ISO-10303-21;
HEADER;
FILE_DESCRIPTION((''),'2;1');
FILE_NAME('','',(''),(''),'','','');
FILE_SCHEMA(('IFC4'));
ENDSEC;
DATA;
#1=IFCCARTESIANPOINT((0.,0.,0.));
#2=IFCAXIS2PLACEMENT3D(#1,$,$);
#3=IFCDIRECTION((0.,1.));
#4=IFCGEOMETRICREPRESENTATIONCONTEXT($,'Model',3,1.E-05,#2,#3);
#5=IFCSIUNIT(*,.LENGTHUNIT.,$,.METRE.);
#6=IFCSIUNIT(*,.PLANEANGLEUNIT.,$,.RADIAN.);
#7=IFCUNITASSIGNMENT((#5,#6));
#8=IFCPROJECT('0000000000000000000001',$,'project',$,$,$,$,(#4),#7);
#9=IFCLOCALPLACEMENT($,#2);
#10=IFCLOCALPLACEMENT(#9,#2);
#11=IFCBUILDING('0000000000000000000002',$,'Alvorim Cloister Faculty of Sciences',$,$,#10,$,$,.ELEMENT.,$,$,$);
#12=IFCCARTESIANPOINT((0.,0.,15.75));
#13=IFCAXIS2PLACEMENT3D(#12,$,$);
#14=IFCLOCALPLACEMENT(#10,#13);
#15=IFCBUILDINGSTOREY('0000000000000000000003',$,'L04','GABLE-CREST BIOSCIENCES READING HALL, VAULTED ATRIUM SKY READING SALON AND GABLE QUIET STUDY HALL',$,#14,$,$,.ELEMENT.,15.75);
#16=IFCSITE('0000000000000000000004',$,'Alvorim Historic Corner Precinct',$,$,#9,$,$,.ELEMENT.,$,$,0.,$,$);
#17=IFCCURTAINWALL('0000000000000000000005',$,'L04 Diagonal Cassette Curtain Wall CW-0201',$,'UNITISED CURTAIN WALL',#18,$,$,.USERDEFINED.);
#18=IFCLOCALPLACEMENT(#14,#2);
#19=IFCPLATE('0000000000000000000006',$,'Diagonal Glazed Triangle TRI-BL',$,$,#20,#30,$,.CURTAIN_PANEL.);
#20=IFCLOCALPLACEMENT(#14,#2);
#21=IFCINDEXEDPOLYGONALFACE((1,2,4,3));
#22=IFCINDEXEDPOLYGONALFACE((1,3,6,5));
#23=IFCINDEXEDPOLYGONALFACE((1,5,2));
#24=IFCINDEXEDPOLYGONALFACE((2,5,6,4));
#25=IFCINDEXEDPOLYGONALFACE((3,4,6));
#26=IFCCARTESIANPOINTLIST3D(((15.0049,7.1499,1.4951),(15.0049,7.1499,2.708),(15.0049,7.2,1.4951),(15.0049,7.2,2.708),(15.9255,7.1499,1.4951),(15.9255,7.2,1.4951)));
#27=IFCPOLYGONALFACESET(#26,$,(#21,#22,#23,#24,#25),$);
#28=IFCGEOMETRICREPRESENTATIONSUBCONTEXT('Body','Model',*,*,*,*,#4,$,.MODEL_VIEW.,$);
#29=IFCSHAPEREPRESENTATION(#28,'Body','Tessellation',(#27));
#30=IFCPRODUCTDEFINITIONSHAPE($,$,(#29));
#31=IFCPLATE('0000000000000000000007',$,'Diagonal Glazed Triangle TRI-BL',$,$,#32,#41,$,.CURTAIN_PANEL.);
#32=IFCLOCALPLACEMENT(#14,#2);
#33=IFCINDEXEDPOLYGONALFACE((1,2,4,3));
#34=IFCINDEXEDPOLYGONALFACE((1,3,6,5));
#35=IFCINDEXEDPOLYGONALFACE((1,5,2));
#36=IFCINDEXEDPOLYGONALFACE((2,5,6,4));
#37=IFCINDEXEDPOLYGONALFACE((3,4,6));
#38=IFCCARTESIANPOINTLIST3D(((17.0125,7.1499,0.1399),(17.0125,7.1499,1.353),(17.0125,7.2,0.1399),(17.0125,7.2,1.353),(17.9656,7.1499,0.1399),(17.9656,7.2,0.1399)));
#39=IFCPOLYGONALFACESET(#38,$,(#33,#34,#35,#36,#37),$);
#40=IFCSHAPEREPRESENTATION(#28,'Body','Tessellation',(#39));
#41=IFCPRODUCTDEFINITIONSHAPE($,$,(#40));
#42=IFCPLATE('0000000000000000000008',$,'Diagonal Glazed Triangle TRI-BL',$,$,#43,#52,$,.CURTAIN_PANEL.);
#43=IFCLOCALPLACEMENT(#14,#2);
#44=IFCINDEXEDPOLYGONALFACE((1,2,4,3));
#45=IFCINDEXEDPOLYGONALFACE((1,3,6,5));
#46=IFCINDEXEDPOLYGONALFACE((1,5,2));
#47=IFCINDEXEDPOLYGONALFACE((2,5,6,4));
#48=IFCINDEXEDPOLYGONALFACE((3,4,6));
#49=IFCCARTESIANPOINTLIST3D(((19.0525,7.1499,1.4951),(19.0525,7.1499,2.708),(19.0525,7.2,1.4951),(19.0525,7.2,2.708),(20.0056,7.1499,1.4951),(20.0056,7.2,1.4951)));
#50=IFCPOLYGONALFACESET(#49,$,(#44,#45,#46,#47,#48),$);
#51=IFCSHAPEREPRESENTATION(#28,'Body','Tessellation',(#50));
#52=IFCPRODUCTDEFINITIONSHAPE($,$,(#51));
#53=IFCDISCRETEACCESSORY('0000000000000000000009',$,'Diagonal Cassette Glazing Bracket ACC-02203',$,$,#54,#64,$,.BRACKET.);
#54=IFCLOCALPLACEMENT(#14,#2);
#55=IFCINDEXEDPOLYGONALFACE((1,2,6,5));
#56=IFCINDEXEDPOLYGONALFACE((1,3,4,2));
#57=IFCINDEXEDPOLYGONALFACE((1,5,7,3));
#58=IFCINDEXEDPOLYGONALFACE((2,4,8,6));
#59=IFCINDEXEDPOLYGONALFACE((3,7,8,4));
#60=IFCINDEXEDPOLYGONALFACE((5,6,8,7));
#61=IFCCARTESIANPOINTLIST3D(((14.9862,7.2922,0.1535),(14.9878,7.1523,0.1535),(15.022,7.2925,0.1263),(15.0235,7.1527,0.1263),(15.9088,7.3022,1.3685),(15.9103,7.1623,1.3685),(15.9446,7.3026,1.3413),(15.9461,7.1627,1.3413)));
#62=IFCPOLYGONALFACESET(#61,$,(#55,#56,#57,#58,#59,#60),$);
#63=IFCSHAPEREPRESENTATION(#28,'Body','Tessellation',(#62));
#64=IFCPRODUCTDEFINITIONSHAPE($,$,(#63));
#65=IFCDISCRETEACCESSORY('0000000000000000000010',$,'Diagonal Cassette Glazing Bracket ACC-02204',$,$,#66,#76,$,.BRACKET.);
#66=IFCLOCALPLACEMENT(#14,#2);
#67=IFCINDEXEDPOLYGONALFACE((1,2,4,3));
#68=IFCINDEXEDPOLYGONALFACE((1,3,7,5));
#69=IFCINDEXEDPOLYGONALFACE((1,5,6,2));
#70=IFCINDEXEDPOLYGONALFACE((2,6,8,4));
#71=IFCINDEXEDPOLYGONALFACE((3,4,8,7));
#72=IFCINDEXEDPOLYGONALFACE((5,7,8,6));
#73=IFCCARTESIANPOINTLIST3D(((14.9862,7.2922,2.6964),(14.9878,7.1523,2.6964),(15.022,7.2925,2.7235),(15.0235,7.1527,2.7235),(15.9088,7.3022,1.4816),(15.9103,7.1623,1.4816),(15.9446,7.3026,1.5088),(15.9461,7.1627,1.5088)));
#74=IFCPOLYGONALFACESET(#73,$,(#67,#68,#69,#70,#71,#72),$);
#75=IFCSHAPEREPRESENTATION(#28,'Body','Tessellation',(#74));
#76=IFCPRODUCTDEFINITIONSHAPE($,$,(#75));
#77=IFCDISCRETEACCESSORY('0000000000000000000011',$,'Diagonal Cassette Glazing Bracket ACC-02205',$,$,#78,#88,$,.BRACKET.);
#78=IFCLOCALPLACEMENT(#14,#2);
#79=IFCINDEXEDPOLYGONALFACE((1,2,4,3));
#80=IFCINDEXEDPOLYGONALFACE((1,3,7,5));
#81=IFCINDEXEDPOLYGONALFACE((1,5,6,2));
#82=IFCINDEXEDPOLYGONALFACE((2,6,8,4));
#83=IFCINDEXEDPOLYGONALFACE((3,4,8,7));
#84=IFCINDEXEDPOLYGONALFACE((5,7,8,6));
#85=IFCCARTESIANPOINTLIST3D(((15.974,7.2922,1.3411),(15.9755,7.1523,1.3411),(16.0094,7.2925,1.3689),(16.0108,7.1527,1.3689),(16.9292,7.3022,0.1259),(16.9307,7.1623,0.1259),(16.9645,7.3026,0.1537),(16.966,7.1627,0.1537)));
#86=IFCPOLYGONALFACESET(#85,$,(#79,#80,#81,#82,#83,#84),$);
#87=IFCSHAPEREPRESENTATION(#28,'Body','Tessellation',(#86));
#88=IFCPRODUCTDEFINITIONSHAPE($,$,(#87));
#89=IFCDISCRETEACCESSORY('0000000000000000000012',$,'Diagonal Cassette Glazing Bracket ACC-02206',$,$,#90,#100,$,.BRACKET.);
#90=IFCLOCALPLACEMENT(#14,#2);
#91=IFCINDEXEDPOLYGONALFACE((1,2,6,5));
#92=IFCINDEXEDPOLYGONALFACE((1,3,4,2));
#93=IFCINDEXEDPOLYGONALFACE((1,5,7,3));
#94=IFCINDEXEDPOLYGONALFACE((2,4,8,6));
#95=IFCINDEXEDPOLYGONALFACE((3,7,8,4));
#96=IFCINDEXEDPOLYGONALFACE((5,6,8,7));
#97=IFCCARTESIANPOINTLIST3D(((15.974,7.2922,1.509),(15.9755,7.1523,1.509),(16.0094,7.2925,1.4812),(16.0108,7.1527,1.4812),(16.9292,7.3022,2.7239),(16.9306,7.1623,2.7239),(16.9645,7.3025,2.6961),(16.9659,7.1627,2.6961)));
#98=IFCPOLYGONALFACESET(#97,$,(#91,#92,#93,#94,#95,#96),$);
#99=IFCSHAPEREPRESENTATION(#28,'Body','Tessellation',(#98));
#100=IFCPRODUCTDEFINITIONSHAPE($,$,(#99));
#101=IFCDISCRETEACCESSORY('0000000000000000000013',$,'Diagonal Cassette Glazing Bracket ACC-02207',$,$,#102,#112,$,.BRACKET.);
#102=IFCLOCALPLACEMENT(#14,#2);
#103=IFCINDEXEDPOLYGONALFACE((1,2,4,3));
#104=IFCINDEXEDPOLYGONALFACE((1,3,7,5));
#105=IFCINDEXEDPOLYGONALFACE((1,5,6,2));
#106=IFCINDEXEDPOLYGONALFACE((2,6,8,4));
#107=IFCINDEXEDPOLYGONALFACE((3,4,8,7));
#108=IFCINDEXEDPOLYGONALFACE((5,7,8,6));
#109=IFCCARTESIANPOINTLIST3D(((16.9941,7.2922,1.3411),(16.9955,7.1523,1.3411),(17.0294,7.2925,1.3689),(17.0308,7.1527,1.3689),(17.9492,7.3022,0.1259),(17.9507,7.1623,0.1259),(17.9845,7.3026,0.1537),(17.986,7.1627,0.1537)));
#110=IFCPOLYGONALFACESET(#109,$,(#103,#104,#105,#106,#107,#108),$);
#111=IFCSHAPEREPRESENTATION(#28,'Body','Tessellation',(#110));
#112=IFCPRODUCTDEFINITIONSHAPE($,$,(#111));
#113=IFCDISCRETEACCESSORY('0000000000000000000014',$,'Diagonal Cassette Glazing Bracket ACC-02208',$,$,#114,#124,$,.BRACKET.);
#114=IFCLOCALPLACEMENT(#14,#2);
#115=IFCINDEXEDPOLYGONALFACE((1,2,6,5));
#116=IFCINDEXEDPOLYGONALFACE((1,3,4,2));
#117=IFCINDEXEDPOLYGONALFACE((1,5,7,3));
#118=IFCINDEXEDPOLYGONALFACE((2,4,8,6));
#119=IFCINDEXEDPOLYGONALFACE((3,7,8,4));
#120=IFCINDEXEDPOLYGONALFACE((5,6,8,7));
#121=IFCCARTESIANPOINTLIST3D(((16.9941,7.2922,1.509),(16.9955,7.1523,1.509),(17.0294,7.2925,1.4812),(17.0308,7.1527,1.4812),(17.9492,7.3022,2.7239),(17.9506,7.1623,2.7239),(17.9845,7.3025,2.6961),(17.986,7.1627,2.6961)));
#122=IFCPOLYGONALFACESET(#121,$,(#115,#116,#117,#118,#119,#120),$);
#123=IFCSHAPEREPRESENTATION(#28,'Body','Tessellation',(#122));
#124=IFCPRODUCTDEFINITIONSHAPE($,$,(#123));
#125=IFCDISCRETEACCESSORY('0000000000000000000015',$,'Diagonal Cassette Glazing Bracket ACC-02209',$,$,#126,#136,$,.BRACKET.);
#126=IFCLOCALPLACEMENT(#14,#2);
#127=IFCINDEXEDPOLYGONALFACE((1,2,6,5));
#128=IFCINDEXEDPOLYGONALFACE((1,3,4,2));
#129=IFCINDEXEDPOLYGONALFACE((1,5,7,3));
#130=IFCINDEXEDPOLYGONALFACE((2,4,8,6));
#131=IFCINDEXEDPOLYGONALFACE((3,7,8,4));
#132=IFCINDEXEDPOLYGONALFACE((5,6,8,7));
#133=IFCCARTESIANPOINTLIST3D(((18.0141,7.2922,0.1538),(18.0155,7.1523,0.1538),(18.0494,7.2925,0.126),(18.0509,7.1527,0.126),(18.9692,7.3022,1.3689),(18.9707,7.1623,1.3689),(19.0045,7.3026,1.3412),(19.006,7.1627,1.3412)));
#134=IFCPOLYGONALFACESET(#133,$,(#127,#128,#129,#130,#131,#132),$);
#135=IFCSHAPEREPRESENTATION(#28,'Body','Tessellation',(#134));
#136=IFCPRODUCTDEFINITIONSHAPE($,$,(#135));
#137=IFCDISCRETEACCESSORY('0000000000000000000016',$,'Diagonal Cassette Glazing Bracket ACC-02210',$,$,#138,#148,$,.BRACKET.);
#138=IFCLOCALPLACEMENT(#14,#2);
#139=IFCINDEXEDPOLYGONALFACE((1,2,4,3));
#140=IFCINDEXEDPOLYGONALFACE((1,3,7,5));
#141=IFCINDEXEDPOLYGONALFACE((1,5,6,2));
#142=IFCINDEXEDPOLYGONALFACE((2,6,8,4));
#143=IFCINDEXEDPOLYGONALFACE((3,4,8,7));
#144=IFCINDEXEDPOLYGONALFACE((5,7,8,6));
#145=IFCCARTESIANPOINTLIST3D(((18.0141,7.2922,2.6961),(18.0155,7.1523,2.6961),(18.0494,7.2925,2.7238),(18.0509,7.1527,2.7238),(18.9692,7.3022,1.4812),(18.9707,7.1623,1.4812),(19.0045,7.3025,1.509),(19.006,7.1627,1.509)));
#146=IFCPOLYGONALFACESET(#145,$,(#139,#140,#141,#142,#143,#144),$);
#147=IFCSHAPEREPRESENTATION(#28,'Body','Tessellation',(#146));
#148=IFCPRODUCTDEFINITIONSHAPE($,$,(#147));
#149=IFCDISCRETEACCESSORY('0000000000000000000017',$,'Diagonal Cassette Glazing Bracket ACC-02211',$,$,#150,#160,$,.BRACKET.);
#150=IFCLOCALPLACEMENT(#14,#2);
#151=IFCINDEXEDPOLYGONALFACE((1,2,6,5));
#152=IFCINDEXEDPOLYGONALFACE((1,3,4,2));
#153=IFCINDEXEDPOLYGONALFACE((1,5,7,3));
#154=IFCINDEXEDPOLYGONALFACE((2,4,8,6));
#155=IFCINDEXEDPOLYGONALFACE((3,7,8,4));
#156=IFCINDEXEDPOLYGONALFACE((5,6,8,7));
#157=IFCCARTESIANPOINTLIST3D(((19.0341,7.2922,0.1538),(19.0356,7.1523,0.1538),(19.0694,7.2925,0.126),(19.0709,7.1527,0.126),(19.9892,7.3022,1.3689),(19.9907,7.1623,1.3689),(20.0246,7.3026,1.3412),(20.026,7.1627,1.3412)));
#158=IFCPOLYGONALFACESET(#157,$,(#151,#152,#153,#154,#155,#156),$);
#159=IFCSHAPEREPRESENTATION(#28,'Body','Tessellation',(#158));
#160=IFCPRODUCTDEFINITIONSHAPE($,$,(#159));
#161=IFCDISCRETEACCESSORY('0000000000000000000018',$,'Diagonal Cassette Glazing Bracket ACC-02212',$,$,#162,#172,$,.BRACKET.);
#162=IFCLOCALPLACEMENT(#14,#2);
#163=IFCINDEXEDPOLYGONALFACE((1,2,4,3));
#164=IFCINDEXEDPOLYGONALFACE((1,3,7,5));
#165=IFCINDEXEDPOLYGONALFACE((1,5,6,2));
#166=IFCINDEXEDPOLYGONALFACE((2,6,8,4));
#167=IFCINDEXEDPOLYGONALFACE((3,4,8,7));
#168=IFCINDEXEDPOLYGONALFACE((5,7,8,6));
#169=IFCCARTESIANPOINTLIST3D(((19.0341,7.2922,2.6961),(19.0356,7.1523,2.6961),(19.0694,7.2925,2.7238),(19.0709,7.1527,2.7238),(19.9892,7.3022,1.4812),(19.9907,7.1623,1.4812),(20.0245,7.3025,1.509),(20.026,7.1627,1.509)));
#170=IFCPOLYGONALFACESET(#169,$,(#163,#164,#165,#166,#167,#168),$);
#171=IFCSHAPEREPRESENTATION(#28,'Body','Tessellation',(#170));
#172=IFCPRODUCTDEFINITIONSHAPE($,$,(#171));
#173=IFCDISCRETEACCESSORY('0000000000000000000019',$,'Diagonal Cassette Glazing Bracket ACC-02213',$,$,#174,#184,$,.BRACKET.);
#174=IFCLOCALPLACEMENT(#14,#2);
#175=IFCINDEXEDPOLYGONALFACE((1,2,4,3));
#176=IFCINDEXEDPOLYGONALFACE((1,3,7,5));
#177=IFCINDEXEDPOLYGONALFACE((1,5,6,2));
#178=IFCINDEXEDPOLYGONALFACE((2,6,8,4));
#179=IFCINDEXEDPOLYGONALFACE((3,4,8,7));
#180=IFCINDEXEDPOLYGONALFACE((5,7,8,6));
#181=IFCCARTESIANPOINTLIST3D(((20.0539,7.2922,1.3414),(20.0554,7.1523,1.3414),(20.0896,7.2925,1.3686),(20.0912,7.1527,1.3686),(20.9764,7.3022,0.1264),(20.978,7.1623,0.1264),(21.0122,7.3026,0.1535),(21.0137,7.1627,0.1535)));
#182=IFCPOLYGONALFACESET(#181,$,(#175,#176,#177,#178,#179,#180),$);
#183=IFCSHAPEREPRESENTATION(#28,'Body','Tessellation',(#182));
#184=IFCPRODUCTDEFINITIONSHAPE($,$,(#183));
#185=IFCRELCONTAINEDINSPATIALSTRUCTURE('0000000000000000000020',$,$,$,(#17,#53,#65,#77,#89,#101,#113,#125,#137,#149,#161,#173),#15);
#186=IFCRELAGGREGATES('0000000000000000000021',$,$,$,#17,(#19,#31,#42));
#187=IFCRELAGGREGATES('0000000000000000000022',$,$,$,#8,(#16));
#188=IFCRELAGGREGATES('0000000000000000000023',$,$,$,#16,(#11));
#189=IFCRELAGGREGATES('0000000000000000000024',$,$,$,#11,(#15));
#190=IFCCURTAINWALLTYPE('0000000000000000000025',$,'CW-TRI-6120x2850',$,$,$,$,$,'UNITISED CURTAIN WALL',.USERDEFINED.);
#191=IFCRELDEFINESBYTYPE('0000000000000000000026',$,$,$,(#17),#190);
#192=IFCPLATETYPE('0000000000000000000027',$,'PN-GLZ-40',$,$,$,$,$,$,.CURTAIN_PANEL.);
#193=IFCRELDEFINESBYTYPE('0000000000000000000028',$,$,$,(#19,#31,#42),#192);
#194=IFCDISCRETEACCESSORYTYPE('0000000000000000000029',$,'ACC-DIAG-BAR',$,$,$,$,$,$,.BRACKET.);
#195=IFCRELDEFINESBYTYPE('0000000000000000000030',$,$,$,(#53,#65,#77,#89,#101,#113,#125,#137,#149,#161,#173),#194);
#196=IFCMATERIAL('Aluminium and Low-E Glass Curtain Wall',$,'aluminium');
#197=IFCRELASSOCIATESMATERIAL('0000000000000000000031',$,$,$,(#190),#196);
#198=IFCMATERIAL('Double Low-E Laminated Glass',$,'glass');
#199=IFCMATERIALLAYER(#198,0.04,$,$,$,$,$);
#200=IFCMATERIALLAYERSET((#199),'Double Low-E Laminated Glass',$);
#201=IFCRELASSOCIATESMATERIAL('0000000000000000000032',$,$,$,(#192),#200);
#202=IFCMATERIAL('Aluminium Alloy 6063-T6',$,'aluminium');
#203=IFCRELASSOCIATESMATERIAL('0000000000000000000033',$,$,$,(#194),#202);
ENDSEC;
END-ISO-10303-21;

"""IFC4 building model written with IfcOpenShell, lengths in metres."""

from ifc_helpers import new_model, si_unit, direction, frame, origin, origin_2d, place, context, subcontext, project, spatial, polyline, rectangle, outline, extrude, material, layer, layer_set, type_object, element, aggregate, save


model = new_model("IFC4")

# Units and contexts
model_context = context("Model", 3, precision=1e-05, world=origin(), true_north=direction((0.0, 1.0)))
body_context = subcontext(model_context, "Body", "Model", "MODEL_VIEW")
ifc_project = project(units=[si_unit("LENGTHUNIT", "METRE"), si_unit("PLANEANGLEUNIT", "RADIAN")], contexts=[model_context])

# Site, building, storey
site_placement = place(None, origin())
site = spatial("IfcSite", under=ifc_project, at=site_placement, Name="Alvorim Historic Corner Precinct", CompositionType="ELEMENT", RefElevation=0.0)
building_placement = place(site_placement, origin())
building = spatial("IfcBuilding", under=site, at=building_placement, Name="Alvorim Cloister Faculty of Sciences", CompositionType="ELEMENT")
storey_placement = place(building_placement, frame((0.0, 0.0, 15.75)))
storey = spatial("IfcBuildingStorey", under=building, at=storey_placement, Name="L04", Description="GABLE-CREST BIOSCIENCES READING HALL, VAULTED ATRIUM SKY READING SALON AND GABLE QUIET STUDY HALL", CompositionType="ELEMENT", Elevation=15.75)

# Curtain wall, plates
ifc_material_1 = material(Name="Aluminium and Low-E Glass Curtain Wall", Category="aluminium")
curtain_wall_type = type_object("IfcCurtainWallType", Name="CW-TRI-6120x2850", ElementType="UNITISED CURTAIN WALL", PredefinedType="USERDEFINED", material=ifc_material_1)
curtain_wall_placement = place(storey_placement, origin())
curtain_wall = element("IfcCurtainWall", 1, at=curtain_wall_placement, inside=storey, type_object=curtain_wall_type, Name="L04 Diagonal Cassette Curtain Wall CW-0201", ObjectType="UNITISED CURTAIN WALL", PredefinedType="USERDEFINED")
ifc_material_2 = material(Name="Double Low-E Laminated Glass", Category="glass")
ifc_layer = layer(ifc_material_2, 0.04)
ifc_layer_set = layer_set([ifc_layer], Name="Double Low-E Laminated Glass")
plate_type = type_object("IfcPlateType", Name="PN-GLZ-40", PredefinedType="CURTAIN_PANEL", material=ifc_layer_set)
plate_1_placement = place(storey_placement, frame((15.0049, 7.175, 1.4951), z_axis=(0.0, 0.0, 1.0), x_axis=(1.0, 0.0, 0.0)))
plate_1 = element("IfcPlate", 2, at=plate_1_placement, type_object=plate_type, Name="Diagonal Glazed Triangle TRI-BL", PredefinedType="CURTAIN_PANEL", context=body_context, shape_type="SweptSolid", body=[
    extrude(outline(polyline([(0.0, 0.0), (0.9207, 0.0), (0.0, 1.2129), (0.0, 0.0)])), frame((0.0, 0.0249, 0.0), z_axis=(0.0, -1.0, 0.0), x_axis=(1.0, 0.0, 0.0)), (0.0, 0.0, 1.0), 0.05),
])
plate_2_placement = place(storey_placement, frame((17.0125, 7.175, 0.1399), z_axis=(0.0, 0.0, 1.0), x_axis=(1.0, 0.0, 0.0)))
plate_2 = element("IfcPlate", 3, at=plate_2_placement, type_object=plate_type, Name="Diagonal Glazed Triangle TRI-BL", PredefinedType="CURTAIN_PANEL", context=body_context, shape_type="SweptSolid", body=[
    extrude(outline(polyline([(0.0, 0.0), (0.9531, 0.0), (0.0, 1.2131), (0.0, 0.0)])), frame((0.0, 0.0249, 0.0), z_axis=(0.0, -1.0, 0.0), x_axis=(1.0, 0.0, 0.0)), (0.0, 0.0, 1.0), 0.05),
])
plate_3_placement = place(storey_placement, frame((19.0525, 7.175, 1.4951), z_axis=(0.0, 0.0, 1.0), x_axis=(1.0, 0.0, 0.0)))
plate_3 = element("IfcPlate", 4, at=plate_3_placement, type_object=plate_type, Name="Diagonal Glazed Triangle TRI-BL", PredefinedType="CURTAIN_PANEL", context=body_context, shape_type="SweptSolid", body=[
    extrude(outline(polyline([(0.0, 0.0), (0.9531, 0.0), (0.0, 1.2129), (0.0, 0.0)])), frame((0.0, 0.0249, 0.0), z_axis=(0.0, -1.0, 0.0), x_axis=(1.0, 0.0, 0.0)), (0.0, 0.0, 1.0), 0.05),
])
aggregate(curtain_wall, [plate_1, plate_2, plate_3])

# Discrete accessories
ifc_material_3 = material(Name="Aluminium Alloy 6063-T6", Category="aluminium")
discrete_accessory_type = type_object("IfcDiscreteAccessoryType", Name="ACC-DIAG-BAR", PredefinedType="BRACKET", material=ifc_material_3)
discrete_accessory_1_placement = place(storey_placement, frame((15.0049, 7.2224, 0.1399), z_axis=(0.604713, 0.006561, 0.796416), x_axis=(-0.010849, 0.999941, 0.0)))
element("IfcDiscreteAccessory", 5, at=discrete_accessory_1_placement, inside=storey, type_object=discrete_accessory_type, Name="Diagonal Cassette Glazing Bracket ACC-02203", PredefinedType="BRACKET", context=body_context, shape_type="SweptSolid", body=[
    extrude(rectangle(XDim=0.1399, YDim=0.0449, at=origin_2d()), origin(), (0.0, 0.0, 1.0), 1.5256),
])
discrete_accessory_2_placement = place(storey_placement, frame((15.0049, 7.2224, 2.71), z_axis=(0.60479, 0.006562, -0.796358), x_axis=(-0.010849, 0.999941, 0.0)))
element("IfcDiscreteAccessory", 6, at=discrete_accessory_2_placement, inside=storey, type_object=discrete_accessory_type, Name="Diagonal Cassette Glazing Bracket ACC-02204", PredefinedType="BRACKET", context=body_context, shape_type="SweptSolid", body=[
    extrude(rectangle(XDim=0.1399, YDim=0.0449, at=origin_2d()), origin(), (0.0, 0.0, 1.0), 1.5254),
])
discrete_accessory_3_placement = place(storey_placement, frame((15.9924, 7.2224, 1.355), z_axis=(0.617955, 0.006477, -0.786187), x_axis=(-0.01048, 0.999945, 0.0)))
element("IfcDiscreteAccessory", 7, at=discrete_accessory_3_placement, inside=storey, type_object=discrete_accessory_type, Name="Diagonal Cassette Glazing Bracket ACC-02205", PredefinedType="BRACKET", context=body_context, shape_type="SweptSolid", body=[
    extrude(rectangle(XDim=0.1399, YDim=0.0449, at=origin_2d()), origin(), (0.0, 0.0, 1.0), 1.5457),
])
discrete_accessory_4_placement = place(storey_placement, frame((15.9924, 7.2224, 1.4951), z_axis=(0.618032, 0.006477, 0.786126), x_axis=(-0.01048, 0.999945, 0.0)))
element("IfcDiscreteAccessory", 8, at=discrete_accessory_4_placement, inside=storey, type_object=discrete_accessory_type, Name="Diagonal Cassette Glazing Bracket ACC-02206", PredefinedType="BRACKET", context=body_context, shape_type="SweptSolid", body=[
    extrude(rectangle(XDim=0.1399, YDim=0.0449, at=origin_2d()), origin(), (0.0, 0.0, 1.0), 1.5454),
])
discrete_accessory_5_placement = place(storey_placement, frame((17.0125, 7.2224, 1.355), z_axis=(0.617955, 0.006477, -0.786187), x_axis=(-0.01048, 0.999945, 0.0)))
element("IfcDiscreteAccessory", 9, at=discrete_accessory_5_placement, inside=storey, type_object=discrete_accessory_type, Name="Diagonal Cassette Glazing Bracket ACC-02207", PredefinedType="BRACKET", context=body_context, shape_type="SweptSolid", body=[
    extrude(rectangle(XDim=0.1399, YDim=0.0449, at=origin_2d()), origin(), (0.0, 0.0, 1.0), 1.5457),
])
discrete_accessory_6_placement = place(storey_placement, frame((17.0125, 7.2224, 1.4951), z_axis=(0.618032, 0.006477, 0.786126), x_axis=(-0.01048, 0.999945, 0.0)))
element("IfcDiscreteAccessory", 10, at=discrete_accessory_6_placement, inside=storey, type_object=discrete_accessory_type, Name="Diagonal Cassette Glazing Bracket ACC-02208", PredefinedType="BRACKET", context=body_context, shape_type="SweptSolid", body=[
    extrude(rectangle(XDim=0.1399, YDim=0.0449, at=origin_2d()), origin(), (0.0, 0.0, 1.0), 1.5454),
])
discrete_accessory_7_placement = place(storey_placement, frame((18.0325, 7.2224, 0.1399), z_axis=(0.617955, 0.006477, 0.786187), x_axis=(-0.01048, 0.999945, 0.0)))
element("IfcDiscreteAccessory", 11, at=discrete_accessory_7_placement, inside=storey, type_object=discrete_accessory_type, Name="Diagonal Cassette Glazing Bracket ACC-02209", PredefinedType="BRACKET", context=body_context, shape_type="SweptSolid", body=[
    extrude(rectangle(XDim=0.1399, YDim=0.0449, at=origin_2d()), origin(), (0.0, 0.0, 1.0), 1.5457),
])
discrete_accessory_8_placement = place(storey_placement, frame((18.0325, 7.2224, 2.71), z_axis=(0.618032, 0.006477, -0.786126), x_axis=(-0.01048, 0.999945, 0.0)))
element("IfcDiscreteAccessory", 12, at=discrete_accessory_8_placement, inside=storey, type_object=discrete_accessory_type, Name="Diagonal Cassette Glazing Bracket ACC-02210", PredefinedType="BRACKET", context=body_context, shape_type="SweptSolid", body=[
    extrude(rectangle(XDim=0.1399, YDim=0.0449, at=origin_2d()), origin(), (0.0, 0.0, 1.0), 1.5454),
])
discrete_accessory_9_placement = place(storey_placement, frame((19.0525, 7.2224, 0.1399), z_axis=(0.617955, 0.006477, 0.786187), x_axis=(-0.01048, 0.999945, 0.0)))
element("IfcDiscreteAccessory", 13, at=discrete_accessory_9_placement, inside=storey, type_object=discrete_accessory_type, Name="Diagonal Cassette Glazing Bracket ACC-02211", PredefinedType="BRACKET", context=body_context, shape_type="SweptSolid", body=[
    extrude(rectangle(XDim=0.1399, YDim=0.0449, at=origin_2d()), origin(), (0.0, 0.0, 1.0), 1.5457),
])
discrete_accessory_10_placement = place(storey_placement, frame((19.0525, 7.2224, 2.71), z_axis=(0.618032, 0.006477, -0.786126), x_axis=(-0.01048, 0.999945, 0.0)))
element("IfcDiscreteAccessory", 14, at=discrete_accessory_10_placement, inside=storey, type_object=discrete_accessory_type, Name="Diagonal Cassette Glazing Bracket ACC-02212", PredefinedType="BRACKET", context=body_context, shape_type="SweptSolid", body=[
    extrude(rectangle(XDim=0.1399, YDim=0.0449, at=origin_2d()), origin(), (0.0, 0.0, 1.0), 1.5454),
])
discrete_accessory_11_placement = place(storey_placement, frame((20.0725, 7.2224, 1.355), z_axis=(0.604713, 0.006561, -0.796416), x_axis=(-0.010849, 0.999941, 0.0)))
element("IfcDiscreteAccessory", 15, at=discrete_accessory_11_placement, inside=storey, type_object=discrete_accessory_type, Name="Diagonal Cassette Glazing Bracket ACC-02213", PredefinedType="BRACKET", context=body_context, shape_type="SweptSolid", body=[
    extrude(rectangle(XDim=0.1399, YDim=0.0449, at=origin_2d()), origin(), (0.0, 0.0, 1.0), 1.5256),
])

save(model, "model.ifc")
